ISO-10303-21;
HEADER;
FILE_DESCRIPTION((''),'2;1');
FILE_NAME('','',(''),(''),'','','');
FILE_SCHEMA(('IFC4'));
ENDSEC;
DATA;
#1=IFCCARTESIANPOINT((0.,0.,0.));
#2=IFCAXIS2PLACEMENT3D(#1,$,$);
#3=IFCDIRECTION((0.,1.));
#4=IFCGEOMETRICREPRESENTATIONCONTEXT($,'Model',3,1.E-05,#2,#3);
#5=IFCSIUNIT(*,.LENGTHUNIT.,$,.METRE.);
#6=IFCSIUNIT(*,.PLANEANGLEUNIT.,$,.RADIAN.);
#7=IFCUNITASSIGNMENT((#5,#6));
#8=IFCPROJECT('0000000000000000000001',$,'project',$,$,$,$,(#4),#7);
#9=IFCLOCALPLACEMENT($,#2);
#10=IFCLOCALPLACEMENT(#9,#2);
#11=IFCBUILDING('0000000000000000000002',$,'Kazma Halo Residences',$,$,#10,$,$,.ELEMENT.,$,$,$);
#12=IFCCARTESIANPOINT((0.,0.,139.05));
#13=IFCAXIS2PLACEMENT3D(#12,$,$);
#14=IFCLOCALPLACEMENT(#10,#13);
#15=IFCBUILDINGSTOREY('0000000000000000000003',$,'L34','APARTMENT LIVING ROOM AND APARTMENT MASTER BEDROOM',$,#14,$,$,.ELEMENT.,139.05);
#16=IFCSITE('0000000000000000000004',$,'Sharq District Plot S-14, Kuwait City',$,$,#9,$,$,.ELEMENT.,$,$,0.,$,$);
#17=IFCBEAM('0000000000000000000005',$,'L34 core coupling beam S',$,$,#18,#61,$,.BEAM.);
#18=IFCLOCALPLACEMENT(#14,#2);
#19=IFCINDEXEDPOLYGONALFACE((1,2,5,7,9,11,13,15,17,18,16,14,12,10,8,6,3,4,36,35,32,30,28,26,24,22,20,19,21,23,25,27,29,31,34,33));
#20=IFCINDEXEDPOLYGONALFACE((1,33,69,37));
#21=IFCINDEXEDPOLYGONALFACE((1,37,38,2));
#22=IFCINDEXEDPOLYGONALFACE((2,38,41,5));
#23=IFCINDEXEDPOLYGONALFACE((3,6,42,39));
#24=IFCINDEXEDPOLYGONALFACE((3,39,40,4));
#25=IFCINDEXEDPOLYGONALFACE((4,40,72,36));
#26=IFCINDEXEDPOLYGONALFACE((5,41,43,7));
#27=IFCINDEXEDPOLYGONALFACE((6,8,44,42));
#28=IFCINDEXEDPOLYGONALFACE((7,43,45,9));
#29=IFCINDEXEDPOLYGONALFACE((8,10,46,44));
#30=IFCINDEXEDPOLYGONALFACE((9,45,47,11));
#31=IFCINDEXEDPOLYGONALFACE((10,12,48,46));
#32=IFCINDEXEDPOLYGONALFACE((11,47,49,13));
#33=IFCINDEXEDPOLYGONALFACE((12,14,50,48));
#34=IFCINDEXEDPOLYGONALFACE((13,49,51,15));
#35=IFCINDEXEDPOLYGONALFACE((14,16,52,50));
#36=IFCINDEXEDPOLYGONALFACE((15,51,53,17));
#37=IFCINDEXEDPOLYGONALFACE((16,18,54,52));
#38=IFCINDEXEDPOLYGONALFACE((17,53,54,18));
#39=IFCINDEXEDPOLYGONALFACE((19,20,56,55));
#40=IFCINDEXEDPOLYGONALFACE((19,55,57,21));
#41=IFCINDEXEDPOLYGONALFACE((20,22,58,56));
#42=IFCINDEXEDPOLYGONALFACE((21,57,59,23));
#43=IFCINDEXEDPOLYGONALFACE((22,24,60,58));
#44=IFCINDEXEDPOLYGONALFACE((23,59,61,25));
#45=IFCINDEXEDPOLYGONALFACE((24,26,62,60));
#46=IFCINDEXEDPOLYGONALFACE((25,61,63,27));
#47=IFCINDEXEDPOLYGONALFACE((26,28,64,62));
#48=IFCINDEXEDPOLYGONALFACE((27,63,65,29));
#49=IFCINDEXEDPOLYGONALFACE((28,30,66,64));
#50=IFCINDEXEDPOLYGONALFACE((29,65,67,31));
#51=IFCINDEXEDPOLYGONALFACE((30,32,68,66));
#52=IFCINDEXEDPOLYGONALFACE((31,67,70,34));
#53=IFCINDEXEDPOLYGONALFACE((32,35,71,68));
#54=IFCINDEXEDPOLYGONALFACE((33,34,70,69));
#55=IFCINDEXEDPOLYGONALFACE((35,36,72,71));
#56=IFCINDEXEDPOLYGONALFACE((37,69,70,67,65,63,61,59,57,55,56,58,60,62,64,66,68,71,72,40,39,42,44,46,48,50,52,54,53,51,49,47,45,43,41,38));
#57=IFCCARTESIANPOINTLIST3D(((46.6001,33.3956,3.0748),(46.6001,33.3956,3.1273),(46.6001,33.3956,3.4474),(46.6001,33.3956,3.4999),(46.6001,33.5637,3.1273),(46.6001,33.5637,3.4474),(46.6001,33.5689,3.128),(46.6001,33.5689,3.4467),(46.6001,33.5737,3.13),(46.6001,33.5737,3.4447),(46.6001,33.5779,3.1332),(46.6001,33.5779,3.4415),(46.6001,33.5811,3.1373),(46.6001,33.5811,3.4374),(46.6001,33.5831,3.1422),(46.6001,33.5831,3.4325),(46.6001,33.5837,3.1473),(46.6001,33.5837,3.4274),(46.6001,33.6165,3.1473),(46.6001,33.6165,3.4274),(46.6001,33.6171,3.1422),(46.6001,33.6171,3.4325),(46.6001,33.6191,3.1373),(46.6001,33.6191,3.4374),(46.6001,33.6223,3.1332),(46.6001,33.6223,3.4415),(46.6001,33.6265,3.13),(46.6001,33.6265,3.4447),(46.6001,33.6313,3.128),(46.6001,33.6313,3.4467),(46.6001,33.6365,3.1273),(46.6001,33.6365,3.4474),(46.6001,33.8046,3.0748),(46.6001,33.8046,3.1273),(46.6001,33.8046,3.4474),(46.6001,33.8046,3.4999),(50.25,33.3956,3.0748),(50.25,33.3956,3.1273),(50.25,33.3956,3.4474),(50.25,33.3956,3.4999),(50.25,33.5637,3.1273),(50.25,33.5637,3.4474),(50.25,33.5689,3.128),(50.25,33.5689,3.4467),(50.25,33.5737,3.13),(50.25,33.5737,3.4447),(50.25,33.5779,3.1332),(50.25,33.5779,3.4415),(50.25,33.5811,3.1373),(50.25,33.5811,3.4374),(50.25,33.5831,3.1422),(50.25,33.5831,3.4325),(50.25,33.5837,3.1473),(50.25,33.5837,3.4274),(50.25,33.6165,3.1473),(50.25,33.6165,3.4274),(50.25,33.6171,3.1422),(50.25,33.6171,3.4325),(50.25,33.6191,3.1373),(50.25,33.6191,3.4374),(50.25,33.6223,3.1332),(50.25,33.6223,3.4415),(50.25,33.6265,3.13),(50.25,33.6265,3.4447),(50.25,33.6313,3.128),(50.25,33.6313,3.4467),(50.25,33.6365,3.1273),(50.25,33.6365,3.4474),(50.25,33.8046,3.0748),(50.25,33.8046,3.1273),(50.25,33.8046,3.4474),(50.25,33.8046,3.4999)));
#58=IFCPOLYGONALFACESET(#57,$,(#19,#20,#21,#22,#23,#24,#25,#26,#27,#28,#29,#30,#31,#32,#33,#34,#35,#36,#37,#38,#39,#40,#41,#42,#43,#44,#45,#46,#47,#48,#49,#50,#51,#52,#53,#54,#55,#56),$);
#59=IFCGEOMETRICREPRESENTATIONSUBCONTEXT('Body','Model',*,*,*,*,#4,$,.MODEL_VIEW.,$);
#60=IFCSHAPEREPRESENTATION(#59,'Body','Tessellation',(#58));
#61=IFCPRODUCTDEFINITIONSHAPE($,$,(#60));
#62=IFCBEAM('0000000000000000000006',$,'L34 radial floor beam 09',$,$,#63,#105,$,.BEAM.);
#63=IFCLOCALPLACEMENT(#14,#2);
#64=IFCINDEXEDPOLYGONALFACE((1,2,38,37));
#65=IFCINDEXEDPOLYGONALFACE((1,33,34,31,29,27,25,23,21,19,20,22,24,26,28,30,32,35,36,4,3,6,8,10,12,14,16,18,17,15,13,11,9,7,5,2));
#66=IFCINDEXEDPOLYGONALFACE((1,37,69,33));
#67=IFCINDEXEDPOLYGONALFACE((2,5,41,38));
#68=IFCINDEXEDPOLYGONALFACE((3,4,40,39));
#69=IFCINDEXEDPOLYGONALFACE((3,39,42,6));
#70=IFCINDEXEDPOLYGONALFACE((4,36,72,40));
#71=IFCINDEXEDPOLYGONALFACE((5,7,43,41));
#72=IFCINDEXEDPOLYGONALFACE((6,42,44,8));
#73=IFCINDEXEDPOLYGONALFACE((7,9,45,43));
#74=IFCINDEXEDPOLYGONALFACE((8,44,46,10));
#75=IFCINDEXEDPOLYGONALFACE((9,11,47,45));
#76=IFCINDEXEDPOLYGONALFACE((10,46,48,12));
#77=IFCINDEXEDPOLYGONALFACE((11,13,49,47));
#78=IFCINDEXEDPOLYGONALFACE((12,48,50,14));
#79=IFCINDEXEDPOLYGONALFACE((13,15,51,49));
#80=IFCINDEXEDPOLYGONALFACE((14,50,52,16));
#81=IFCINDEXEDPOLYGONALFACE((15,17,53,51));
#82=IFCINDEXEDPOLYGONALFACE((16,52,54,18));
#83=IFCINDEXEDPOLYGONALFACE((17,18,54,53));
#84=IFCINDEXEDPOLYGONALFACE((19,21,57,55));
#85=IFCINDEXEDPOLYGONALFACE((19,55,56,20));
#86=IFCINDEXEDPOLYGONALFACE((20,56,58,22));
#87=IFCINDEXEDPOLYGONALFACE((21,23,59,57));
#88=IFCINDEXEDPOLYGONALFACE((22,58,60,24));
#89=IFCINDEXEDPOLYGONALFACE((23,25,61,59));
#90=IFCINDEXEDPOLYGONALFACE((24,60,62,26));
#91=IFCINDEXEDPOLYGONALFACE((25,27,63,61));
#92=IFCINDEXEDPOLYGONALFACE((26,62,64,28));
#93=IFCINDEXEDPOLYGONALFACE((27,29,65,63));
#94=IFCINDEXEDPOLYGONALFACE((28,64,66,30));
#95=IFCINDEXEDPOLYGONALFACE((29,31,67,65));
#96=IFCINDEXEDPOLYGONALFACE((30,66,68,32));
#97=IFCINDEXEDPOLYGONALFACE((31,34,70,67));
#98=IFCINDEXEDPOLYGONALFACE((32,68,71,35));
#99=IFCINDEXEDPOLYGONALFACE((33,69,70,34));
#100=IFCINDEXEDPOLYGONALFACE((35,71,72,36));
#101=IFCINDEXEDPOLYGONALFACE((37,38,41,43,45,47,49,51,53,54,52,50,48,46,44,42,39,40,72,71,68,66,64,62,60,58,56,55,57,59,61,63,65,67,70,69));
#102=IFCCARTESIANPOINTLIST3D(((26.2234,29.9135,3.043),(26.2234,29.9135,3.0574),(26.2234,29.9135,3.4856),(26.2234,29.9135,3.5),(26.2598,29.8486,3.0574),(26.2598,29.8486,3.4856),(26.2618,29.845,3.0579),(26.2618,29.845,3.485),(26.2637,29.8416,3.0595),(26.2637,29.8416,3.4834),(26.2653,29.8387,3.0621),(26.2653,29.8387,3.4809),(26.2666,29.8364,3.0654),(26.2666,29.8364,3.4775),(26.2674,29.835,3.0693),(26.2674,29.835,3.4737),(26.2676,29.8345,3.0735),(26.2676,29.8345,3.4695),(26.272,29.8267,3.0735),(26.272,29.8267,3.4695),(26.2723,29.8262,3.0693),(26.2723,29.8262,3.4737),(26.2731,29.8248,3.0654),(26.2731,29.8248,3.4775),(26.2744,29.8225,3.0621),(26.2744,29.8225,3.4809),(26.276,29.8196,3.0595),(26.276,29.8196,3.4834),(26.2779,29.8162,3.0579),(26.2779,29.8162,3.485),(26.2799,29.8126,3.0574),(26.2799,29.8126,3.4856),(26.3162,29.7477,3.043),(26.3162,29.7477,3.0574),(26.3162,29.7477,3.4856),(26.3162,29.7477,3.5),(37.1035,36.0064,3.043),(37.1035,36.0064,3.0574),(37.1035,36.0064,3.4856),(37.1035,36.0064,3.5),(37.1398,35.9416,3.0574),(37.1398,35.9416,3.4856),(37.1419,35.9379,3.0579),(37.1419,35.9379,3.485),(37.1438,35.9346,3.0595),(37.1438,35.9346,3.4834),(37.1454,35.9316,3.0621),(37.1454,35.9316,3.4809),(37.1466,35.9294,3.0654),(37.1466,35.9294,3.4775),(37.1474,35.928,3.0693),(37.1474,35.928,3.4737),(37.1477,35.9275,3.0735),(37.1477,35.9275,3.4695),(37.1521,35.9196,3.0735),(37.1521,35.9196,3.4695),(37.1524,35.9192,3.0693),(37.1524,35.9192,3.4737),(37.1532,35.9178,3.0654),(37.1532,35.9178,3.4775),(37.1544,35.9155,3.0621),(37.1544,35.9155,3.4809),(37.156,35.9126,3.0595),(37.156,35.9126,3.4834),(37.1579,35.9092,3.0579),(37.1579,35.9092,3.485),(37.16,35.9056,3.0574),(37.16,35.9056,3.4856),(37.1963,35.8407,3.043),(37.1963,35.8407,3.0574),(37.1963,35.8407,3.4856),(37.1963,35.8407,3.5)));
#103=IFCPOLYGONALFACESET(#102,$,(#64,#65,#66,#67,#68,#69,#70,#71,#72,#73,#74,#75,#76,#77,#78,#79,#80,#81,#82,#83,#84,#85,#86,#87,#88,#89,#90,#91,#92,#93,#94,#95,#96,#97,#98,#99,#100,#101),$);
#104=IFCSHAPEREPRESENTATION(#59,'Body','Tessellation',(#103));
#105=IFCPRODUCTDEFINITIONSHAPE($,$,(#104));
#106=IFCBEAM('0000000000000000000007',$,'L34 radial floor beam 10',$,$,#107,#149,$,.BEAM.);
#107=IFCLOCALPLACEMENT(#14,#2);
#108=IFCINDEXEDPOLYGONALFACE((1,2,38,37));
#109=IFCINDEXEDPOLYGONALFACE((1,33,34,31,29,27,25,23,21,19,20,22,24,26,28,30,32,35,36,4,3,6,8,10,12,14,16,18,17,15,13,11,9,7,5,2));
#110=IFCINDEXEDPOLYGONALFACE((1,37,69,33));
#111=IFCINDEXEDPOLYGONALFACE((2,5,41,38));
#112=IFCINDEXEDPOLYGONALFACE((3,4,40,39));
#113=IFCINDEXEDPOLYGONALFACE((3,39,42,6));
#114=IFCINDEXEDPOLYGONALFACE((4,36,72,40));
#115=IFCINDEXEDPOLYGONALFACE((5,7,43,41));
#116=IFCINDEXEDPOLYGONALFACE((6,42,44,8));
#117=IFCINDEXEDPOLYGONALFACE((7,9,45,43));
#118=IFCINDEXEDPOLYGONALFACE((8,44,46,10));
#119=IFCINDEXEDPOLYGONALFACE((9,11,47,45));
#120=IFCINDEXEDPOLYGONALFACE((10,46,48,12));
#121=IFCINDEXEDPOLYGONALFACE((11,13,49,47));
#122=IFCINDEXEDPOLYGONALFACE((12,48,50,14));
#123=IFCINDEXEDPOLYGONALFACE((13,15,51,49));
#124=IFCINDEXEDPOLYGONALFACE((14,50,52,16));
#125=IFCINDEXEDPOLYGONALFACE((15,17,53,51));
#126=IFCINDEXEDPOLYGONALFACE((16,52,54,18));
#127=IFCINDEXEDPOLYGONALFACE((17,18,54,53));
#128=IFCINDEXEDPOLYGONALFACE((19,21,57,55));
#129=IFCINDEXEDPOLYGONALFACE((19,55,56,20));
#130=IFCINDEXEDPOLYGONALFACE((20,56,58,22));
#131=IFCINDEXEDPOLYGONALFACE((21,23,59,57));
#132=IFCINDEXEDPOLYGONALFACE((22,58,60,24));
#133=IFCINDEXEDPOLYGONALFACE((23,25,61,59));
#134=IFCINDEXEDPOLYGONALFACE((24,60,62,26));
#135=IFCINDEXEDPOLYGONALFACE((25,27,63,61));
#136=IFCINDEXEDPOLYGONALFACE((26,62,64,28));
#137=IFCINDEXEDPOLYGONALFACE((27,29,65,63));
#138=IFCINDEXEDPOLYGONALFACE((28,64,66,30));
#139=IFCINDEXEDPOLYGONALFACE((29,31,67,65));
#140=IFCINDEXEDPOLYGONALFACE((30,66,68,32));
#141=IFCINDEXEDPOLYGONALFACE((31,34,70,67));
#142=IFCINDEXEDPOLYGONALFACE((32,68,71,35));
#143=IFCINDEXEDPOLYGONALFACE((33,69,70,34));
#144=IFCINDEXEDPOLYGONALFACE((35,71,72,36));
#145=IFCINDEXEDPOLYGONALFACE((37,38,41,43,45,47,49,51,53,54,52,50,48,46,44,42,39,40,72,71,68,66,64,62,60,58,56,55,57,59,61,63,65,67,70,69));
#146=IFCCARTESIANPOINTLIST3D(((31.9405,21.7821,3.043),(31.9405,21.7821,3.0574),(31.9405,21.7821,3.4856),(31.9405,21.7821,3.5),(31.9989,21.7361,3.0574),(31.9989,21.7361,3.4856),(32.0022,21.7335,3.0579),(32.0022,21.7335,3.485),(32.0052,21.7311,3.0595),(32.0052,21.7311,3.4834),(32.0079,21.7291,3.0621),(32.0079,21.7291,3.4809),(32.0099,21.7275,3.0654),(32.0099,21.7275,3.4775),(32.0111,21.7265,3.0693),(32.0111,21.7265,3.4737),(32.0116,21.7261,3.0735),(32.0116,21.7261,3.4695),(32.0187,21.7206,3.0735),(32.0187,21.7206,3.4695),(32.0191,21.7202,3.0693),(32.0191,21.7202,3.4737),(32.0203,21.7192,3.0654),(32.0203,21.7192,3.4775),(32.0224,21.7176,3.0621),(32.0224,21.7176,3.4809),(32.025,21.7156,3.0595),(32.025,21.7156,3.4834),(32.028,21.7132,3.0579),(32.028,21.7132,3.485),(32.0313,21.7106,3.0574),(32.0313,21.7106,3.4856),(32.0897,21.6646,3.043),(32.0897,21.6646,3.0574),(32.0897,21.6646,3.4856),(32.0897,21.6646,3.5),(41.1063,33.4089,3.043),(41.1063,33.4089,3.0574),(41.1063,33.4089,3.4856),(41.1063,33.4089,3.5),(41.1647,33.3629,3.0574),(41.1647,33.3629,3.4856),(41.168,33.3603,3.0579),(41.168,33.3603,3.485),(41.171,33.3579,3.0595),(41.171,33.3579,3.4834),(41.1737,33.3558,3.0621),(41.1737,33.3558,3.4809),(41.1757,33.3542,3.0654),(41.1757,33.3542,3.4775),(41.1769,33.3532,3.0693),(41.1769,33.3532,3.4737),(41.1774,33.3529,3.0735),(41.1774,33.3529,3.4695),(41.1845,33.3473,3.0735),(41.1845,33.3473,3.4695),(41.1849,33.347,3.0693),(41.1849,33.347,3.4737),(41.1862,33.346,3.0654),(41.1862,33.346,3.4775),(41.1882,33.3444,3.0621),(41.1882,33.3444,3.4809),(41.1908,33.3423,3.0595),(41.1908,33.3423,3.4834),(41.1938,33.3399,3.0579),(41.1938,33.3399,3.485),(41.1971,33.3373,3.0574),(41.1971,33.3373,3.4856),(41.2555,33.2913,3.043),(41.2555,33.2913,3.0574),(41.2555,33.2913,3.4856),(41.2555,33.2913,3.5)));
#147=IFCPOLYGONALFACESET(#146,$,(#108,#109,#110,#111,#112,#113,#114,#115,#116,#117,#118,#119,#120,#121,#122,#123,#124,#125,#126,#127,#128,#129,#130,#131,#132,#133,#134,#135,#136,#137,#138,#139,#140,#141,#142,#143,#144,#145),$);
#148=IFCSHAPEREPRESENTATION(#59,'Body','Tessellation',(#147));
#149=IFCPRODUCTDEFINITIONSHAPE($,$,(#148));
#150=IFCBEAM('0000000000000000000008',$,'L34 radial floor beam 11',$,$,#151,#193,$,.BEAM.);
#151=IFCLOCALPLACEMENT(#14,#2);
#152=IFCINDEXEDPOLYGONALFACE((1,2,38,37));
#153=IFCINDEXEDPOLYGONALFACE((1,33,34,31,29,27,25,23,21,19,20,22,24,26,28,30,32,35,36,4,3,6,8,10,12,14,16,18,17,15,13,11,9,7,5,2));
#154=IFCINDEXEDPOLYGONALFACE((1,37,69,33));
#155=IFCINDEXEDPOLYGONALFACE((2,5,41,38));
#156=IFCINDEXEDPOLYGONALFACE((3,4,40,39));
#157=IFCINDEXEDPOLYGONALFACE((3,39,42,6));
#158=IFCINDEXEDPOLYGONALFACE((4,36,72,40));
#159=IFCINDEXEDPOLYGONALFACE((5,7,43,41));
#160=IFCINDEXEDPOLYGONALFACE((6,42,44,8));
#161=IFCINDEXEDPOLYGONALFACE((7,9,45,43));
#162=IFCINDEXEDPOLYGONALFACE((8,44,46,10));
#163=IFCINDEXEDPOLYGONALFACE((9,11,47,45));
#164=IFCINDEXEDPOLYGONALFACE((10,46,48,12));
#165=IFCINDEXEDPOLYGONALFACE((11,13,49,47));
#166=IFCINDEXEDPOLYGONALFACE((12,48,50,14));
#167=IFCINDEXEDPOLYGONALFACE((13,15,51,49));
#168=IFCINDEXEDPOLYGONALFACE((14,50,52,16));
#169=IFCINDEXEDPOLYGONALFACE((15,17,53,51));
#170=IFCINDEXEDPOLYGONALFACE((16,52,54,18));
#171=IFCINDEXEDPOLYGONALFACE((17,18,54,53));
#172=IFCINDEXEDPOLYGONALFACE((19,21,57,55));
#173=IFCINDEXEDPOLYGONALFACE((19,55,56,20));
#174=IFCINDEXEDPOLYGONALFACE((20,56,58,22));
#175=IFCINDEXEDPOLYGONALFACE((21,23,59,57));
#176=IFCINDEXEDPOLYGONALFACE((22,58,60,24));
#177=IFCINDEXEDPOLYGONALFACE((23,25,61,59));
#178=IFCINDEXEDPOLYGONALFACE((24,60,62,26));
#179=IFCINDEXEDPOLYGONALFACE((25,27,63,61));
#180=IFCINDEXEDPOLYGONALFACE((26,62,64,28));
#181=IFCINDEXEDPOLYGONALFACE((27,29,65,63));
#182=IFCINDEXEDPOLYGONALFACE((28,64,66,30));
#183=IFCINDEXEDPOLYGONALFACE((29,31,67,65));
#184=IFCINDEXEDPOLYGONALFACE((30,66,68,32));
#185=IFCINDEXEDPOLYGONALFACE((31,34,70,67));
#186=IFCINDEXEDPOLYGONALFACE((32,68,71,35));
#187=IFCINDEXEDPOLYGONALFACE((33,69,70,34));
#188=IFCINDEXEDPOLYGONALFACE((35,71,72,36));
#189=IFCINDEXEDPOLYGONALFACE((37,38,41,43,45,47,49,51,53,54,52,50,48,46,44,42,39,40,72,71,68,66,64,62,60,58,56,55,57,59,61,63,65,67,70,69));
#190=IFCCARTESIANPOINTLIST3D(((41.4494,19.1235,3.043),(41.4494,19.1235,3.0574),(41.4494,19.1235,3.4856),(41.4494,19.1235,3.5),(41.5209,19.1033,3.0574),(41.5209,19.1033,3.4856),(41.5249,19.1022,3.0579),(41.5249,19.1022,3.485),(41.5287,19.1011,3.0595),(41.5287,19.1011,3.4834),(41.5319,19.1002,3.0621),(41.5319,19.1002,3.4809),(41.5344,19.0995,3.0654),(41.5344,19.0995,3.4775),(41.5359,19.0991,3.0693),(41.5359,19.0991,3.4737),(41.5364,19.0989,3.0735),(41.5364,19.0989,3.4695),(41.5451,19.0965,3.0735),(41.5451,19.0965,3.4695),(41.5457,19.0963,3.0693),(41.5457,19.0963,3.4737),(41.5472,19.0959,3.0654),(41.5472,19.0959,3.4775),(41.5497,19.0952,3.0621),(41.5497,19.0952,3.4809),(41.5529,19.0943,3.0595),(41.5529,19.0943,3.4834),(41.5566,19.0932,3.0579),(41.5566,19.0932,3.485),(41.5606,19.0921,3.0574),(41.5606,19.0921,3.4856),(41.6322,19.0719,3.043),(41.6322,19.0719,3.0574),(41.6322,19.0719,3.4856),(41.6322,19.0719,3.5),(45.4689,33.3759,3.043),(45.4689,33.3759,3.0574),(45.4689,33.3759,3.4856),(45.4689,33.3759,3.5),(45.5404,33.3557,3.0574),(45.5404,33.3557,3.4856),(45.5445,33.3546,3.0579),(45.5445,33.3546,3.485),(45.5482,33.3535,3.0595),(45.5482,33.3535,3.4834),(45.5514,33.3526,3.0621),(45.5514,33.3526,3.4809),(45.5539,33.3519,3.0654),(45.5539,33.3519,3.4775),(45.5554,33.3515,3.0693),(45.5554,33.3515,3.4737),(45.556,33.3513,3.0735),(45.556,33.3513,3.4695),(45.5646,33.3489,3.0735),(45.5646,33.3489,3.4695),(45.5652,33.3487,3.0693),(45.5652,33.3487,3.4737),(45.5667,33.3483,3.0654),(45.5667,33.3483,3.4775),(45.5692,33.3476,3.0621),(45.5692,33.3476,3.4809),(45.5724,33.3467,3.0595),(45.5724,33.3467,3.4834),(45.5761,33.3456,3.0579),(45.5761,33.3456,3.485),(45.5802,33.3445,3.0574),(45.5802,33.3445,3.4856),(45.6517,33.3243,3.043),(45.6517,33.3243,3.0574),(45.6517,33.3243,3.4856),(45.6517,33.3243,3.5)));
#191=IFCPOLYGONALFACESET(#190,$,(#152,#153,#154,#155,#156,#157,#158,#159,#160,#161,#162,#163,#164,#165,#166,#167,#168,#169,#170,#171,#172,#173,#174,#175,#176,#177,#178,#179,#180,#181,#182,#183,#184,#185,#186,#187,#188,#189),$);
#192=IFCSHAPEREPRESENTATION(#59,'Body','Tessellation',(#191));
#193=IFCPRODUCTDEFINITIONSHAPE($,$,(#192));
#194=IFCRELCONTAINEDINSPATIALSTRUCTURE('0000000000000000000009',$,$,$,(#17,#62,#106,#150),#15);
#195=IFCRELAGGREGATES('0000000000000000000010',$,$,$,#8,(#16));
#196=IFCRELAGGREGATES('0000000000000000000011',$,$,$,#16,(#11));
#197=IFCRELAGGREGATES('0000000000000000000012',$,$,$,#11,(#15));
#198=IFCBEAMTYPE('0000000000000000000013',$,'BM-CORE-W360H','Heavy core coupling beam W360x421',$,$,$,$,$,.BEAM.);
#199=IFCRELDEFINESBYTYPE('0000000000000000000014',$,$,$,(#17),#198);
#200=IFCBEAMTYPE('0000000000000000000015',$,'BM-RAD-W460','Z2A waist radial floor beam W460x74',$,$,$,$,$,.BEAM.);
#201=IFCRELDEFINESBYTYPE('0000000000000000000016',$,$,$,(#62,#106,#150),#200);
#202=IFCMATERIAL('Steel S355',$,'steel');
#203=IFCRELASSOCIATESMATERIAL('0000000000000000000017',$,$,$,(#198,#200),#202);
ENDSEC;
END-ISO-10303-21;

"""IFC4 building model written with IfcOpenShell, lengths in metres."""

from ifc_helpers import new_model, si_unit, direction, frame, origin, origin_2d, place, context, subcontext, project, spatial, i_section, extrude, material, material_profile, profile_set, type_object, element, save


model = new_model("IFC4")

# Units and contexts
model_context = context("Model", 3, precision=1e-05, world=origin(), true_north=direction((0.0, 1.0)))
body_context = subcontext(model_context, "Body", "Model", "MODEL_VIEW")
ifc_project = project(units=[si_unit("LENGTHUNIT", "METRE"), si_unit("PLANEANGLEUNIT", "RADIAN")], contexts=[model_context])

# Site, building, storey
site_placement = place(None, origin())
site = spatial("IfcSite", under=ifc_project, at=site_placement, Name="Sharq District Plot S-14, Kuwait City", CompositionType="ELEMENT", RefElevation=0.0)
building_placement = place(site_placement, origin())
building = spatial("IfcBuilding", under=site, at=building_placement, Name="Kazma Halo Residences", CompositionType="ELEMENT")
storey_placement = place(building_placement, frame((0.0, 0.0, 139.05)))
storey = spatial("IfcBuildingStorey", under=building, at=storey_placement, Name="L34", Description="APARTMENT LIVING ROOM AND APARTMENT MASTER BEDROOM", CompositionType="ELEMENT", Elevation=139.05)

# Beams
ifc_material_1 = material(Name="Steel S355", Category="steel")
ifc_material_profile_1 = material_profile(ifc_material_1, i_section(OverallWidth=0.4089, OverallDepth=0.425, WebThickness=0.0327, FlangeThickness=0.0525, FilletRadius=0.02, at=origin_2d()), Name="W360x421")
ifc_profile_set_1 = profile_set([ifc_material_profile_1], Name="Steel S355")
beam_type_1 = type_object("IfcBeamType", Name="BM-CORE-W360H", Description="Heavy core coupling beam W360x421", PredefinedType="BEAM", material=ifc_profile_set_1)
beam_1_placement = place(storey_placement, frame((46.6001, 33.6001, 3.2874), z_axis=(1.0, 0.0, 0.0), x_axis=(0.0, 1.0, 0.0)))
element("IfcBeam", 1, at=beam_1_placement, inside=storey, type_object=beam_type_1, Name="L34 core coupling beam S", PredefinedType="BEAM", context=body_context, shape_type="SweptSolid", body=[
    extrude(i_section(OverallWidth=0.4089, OverallDepth=0.425, WebThickness=0.0327, FlangeThickness=0.0525, FilletRadius=0.02, at=origin_2d()), origin(), (0.0, 0.0, 1.0), 3.6499),
])
ifc_material_profile_2 = material_profile(ifc_material_1, i_section(OverallWidth=0.1899, OverallDepth=0.457, WebThickness=0.009, FlangeThickness=0.0144, FilletRadius=0.0161, at=origin_2d()), Name="W460x74")
ifc_profile_set_2 = profile_set([ifc_material_profile_2], Name="Steel S355")
beam_type_2 = type_object("IfcBeamType", Name="BM-RAD-W460", Description="Z2A waist radial floor beam W460x74", PredefinedType="BEAM", material=ifc_profile_set_2)
beam_2_placement = place(storey_placement, frame((37.1499, 35.9236, 3.2715), z_axis=(-0.872501, -0.488612, 0.0), x_axis=(0.488612, -0.872501, 0.0)))
element("IfcBeam", 2, at=beam_2_placement, inside=storey, type_object=beam_type_2, Name="L34 radial floor beam 09", PredefinedType="BEAM", context=body_context, shape_type="SweptSolid", body=[
    extrude(i_section(OverallWidth=0.1899, OverallDepth=0.457, WebThickness=0.009, FlangeThickness=0.0144, FilletRadius=0.0161, at=origin_2d()), origin(), (0.0, 0.0, 1.0), 12.47),
])
beam_3_placement = place(storey_placement, frame((41.1809, 33.3501, 3.2715), z_axis=(-0.619094, -0.785316, 0.0), x_axis=(0.785316, -0.619094, 0.0)))
element("IfcBeam", 3, at=beam_3_placement, inside=storey, type_object=beam_type_2, Name="L34 radial floor beam 10", PredefinedType="BEAM", context=body_context, shape_type="SweptSolid", body=[
    extrude(i_section(OverallWidth=0.1899, OverallDepth=0.457, WebThickness=0.009, FlangeThickness=0.0144, FilletRadius=0.0161, at=origin_2d()), origin(), (0.0, 0.0, 1.0), 14.8052),
])
beam_4_placement = place(storey_placement, frame((45.5603, 33.3501, 3.2715), z_axis=(-0.271436, -0.962457, 0.0), x_axis=(0.962457, -0.271436, 0.0)))
element("IfcBeam", 4, at=beam_4_placement, inside=storey, type_object=beam_type_2, Name="L34 radial floor beam 11", PredefinedType="BEAM", context=body_context, shape_type="SweptSolid", body=[
    extrude(i_section(OverallWidth=0.1899, OverallDepth=0.457, WebThickness=0.009, FlangeThickness=0.0144, FilletRadius=0.0161, at=origin_2d()), origin(), (0.0, 0.0, 1.0), 14.8083),
])

save(model, "model.ifc")
